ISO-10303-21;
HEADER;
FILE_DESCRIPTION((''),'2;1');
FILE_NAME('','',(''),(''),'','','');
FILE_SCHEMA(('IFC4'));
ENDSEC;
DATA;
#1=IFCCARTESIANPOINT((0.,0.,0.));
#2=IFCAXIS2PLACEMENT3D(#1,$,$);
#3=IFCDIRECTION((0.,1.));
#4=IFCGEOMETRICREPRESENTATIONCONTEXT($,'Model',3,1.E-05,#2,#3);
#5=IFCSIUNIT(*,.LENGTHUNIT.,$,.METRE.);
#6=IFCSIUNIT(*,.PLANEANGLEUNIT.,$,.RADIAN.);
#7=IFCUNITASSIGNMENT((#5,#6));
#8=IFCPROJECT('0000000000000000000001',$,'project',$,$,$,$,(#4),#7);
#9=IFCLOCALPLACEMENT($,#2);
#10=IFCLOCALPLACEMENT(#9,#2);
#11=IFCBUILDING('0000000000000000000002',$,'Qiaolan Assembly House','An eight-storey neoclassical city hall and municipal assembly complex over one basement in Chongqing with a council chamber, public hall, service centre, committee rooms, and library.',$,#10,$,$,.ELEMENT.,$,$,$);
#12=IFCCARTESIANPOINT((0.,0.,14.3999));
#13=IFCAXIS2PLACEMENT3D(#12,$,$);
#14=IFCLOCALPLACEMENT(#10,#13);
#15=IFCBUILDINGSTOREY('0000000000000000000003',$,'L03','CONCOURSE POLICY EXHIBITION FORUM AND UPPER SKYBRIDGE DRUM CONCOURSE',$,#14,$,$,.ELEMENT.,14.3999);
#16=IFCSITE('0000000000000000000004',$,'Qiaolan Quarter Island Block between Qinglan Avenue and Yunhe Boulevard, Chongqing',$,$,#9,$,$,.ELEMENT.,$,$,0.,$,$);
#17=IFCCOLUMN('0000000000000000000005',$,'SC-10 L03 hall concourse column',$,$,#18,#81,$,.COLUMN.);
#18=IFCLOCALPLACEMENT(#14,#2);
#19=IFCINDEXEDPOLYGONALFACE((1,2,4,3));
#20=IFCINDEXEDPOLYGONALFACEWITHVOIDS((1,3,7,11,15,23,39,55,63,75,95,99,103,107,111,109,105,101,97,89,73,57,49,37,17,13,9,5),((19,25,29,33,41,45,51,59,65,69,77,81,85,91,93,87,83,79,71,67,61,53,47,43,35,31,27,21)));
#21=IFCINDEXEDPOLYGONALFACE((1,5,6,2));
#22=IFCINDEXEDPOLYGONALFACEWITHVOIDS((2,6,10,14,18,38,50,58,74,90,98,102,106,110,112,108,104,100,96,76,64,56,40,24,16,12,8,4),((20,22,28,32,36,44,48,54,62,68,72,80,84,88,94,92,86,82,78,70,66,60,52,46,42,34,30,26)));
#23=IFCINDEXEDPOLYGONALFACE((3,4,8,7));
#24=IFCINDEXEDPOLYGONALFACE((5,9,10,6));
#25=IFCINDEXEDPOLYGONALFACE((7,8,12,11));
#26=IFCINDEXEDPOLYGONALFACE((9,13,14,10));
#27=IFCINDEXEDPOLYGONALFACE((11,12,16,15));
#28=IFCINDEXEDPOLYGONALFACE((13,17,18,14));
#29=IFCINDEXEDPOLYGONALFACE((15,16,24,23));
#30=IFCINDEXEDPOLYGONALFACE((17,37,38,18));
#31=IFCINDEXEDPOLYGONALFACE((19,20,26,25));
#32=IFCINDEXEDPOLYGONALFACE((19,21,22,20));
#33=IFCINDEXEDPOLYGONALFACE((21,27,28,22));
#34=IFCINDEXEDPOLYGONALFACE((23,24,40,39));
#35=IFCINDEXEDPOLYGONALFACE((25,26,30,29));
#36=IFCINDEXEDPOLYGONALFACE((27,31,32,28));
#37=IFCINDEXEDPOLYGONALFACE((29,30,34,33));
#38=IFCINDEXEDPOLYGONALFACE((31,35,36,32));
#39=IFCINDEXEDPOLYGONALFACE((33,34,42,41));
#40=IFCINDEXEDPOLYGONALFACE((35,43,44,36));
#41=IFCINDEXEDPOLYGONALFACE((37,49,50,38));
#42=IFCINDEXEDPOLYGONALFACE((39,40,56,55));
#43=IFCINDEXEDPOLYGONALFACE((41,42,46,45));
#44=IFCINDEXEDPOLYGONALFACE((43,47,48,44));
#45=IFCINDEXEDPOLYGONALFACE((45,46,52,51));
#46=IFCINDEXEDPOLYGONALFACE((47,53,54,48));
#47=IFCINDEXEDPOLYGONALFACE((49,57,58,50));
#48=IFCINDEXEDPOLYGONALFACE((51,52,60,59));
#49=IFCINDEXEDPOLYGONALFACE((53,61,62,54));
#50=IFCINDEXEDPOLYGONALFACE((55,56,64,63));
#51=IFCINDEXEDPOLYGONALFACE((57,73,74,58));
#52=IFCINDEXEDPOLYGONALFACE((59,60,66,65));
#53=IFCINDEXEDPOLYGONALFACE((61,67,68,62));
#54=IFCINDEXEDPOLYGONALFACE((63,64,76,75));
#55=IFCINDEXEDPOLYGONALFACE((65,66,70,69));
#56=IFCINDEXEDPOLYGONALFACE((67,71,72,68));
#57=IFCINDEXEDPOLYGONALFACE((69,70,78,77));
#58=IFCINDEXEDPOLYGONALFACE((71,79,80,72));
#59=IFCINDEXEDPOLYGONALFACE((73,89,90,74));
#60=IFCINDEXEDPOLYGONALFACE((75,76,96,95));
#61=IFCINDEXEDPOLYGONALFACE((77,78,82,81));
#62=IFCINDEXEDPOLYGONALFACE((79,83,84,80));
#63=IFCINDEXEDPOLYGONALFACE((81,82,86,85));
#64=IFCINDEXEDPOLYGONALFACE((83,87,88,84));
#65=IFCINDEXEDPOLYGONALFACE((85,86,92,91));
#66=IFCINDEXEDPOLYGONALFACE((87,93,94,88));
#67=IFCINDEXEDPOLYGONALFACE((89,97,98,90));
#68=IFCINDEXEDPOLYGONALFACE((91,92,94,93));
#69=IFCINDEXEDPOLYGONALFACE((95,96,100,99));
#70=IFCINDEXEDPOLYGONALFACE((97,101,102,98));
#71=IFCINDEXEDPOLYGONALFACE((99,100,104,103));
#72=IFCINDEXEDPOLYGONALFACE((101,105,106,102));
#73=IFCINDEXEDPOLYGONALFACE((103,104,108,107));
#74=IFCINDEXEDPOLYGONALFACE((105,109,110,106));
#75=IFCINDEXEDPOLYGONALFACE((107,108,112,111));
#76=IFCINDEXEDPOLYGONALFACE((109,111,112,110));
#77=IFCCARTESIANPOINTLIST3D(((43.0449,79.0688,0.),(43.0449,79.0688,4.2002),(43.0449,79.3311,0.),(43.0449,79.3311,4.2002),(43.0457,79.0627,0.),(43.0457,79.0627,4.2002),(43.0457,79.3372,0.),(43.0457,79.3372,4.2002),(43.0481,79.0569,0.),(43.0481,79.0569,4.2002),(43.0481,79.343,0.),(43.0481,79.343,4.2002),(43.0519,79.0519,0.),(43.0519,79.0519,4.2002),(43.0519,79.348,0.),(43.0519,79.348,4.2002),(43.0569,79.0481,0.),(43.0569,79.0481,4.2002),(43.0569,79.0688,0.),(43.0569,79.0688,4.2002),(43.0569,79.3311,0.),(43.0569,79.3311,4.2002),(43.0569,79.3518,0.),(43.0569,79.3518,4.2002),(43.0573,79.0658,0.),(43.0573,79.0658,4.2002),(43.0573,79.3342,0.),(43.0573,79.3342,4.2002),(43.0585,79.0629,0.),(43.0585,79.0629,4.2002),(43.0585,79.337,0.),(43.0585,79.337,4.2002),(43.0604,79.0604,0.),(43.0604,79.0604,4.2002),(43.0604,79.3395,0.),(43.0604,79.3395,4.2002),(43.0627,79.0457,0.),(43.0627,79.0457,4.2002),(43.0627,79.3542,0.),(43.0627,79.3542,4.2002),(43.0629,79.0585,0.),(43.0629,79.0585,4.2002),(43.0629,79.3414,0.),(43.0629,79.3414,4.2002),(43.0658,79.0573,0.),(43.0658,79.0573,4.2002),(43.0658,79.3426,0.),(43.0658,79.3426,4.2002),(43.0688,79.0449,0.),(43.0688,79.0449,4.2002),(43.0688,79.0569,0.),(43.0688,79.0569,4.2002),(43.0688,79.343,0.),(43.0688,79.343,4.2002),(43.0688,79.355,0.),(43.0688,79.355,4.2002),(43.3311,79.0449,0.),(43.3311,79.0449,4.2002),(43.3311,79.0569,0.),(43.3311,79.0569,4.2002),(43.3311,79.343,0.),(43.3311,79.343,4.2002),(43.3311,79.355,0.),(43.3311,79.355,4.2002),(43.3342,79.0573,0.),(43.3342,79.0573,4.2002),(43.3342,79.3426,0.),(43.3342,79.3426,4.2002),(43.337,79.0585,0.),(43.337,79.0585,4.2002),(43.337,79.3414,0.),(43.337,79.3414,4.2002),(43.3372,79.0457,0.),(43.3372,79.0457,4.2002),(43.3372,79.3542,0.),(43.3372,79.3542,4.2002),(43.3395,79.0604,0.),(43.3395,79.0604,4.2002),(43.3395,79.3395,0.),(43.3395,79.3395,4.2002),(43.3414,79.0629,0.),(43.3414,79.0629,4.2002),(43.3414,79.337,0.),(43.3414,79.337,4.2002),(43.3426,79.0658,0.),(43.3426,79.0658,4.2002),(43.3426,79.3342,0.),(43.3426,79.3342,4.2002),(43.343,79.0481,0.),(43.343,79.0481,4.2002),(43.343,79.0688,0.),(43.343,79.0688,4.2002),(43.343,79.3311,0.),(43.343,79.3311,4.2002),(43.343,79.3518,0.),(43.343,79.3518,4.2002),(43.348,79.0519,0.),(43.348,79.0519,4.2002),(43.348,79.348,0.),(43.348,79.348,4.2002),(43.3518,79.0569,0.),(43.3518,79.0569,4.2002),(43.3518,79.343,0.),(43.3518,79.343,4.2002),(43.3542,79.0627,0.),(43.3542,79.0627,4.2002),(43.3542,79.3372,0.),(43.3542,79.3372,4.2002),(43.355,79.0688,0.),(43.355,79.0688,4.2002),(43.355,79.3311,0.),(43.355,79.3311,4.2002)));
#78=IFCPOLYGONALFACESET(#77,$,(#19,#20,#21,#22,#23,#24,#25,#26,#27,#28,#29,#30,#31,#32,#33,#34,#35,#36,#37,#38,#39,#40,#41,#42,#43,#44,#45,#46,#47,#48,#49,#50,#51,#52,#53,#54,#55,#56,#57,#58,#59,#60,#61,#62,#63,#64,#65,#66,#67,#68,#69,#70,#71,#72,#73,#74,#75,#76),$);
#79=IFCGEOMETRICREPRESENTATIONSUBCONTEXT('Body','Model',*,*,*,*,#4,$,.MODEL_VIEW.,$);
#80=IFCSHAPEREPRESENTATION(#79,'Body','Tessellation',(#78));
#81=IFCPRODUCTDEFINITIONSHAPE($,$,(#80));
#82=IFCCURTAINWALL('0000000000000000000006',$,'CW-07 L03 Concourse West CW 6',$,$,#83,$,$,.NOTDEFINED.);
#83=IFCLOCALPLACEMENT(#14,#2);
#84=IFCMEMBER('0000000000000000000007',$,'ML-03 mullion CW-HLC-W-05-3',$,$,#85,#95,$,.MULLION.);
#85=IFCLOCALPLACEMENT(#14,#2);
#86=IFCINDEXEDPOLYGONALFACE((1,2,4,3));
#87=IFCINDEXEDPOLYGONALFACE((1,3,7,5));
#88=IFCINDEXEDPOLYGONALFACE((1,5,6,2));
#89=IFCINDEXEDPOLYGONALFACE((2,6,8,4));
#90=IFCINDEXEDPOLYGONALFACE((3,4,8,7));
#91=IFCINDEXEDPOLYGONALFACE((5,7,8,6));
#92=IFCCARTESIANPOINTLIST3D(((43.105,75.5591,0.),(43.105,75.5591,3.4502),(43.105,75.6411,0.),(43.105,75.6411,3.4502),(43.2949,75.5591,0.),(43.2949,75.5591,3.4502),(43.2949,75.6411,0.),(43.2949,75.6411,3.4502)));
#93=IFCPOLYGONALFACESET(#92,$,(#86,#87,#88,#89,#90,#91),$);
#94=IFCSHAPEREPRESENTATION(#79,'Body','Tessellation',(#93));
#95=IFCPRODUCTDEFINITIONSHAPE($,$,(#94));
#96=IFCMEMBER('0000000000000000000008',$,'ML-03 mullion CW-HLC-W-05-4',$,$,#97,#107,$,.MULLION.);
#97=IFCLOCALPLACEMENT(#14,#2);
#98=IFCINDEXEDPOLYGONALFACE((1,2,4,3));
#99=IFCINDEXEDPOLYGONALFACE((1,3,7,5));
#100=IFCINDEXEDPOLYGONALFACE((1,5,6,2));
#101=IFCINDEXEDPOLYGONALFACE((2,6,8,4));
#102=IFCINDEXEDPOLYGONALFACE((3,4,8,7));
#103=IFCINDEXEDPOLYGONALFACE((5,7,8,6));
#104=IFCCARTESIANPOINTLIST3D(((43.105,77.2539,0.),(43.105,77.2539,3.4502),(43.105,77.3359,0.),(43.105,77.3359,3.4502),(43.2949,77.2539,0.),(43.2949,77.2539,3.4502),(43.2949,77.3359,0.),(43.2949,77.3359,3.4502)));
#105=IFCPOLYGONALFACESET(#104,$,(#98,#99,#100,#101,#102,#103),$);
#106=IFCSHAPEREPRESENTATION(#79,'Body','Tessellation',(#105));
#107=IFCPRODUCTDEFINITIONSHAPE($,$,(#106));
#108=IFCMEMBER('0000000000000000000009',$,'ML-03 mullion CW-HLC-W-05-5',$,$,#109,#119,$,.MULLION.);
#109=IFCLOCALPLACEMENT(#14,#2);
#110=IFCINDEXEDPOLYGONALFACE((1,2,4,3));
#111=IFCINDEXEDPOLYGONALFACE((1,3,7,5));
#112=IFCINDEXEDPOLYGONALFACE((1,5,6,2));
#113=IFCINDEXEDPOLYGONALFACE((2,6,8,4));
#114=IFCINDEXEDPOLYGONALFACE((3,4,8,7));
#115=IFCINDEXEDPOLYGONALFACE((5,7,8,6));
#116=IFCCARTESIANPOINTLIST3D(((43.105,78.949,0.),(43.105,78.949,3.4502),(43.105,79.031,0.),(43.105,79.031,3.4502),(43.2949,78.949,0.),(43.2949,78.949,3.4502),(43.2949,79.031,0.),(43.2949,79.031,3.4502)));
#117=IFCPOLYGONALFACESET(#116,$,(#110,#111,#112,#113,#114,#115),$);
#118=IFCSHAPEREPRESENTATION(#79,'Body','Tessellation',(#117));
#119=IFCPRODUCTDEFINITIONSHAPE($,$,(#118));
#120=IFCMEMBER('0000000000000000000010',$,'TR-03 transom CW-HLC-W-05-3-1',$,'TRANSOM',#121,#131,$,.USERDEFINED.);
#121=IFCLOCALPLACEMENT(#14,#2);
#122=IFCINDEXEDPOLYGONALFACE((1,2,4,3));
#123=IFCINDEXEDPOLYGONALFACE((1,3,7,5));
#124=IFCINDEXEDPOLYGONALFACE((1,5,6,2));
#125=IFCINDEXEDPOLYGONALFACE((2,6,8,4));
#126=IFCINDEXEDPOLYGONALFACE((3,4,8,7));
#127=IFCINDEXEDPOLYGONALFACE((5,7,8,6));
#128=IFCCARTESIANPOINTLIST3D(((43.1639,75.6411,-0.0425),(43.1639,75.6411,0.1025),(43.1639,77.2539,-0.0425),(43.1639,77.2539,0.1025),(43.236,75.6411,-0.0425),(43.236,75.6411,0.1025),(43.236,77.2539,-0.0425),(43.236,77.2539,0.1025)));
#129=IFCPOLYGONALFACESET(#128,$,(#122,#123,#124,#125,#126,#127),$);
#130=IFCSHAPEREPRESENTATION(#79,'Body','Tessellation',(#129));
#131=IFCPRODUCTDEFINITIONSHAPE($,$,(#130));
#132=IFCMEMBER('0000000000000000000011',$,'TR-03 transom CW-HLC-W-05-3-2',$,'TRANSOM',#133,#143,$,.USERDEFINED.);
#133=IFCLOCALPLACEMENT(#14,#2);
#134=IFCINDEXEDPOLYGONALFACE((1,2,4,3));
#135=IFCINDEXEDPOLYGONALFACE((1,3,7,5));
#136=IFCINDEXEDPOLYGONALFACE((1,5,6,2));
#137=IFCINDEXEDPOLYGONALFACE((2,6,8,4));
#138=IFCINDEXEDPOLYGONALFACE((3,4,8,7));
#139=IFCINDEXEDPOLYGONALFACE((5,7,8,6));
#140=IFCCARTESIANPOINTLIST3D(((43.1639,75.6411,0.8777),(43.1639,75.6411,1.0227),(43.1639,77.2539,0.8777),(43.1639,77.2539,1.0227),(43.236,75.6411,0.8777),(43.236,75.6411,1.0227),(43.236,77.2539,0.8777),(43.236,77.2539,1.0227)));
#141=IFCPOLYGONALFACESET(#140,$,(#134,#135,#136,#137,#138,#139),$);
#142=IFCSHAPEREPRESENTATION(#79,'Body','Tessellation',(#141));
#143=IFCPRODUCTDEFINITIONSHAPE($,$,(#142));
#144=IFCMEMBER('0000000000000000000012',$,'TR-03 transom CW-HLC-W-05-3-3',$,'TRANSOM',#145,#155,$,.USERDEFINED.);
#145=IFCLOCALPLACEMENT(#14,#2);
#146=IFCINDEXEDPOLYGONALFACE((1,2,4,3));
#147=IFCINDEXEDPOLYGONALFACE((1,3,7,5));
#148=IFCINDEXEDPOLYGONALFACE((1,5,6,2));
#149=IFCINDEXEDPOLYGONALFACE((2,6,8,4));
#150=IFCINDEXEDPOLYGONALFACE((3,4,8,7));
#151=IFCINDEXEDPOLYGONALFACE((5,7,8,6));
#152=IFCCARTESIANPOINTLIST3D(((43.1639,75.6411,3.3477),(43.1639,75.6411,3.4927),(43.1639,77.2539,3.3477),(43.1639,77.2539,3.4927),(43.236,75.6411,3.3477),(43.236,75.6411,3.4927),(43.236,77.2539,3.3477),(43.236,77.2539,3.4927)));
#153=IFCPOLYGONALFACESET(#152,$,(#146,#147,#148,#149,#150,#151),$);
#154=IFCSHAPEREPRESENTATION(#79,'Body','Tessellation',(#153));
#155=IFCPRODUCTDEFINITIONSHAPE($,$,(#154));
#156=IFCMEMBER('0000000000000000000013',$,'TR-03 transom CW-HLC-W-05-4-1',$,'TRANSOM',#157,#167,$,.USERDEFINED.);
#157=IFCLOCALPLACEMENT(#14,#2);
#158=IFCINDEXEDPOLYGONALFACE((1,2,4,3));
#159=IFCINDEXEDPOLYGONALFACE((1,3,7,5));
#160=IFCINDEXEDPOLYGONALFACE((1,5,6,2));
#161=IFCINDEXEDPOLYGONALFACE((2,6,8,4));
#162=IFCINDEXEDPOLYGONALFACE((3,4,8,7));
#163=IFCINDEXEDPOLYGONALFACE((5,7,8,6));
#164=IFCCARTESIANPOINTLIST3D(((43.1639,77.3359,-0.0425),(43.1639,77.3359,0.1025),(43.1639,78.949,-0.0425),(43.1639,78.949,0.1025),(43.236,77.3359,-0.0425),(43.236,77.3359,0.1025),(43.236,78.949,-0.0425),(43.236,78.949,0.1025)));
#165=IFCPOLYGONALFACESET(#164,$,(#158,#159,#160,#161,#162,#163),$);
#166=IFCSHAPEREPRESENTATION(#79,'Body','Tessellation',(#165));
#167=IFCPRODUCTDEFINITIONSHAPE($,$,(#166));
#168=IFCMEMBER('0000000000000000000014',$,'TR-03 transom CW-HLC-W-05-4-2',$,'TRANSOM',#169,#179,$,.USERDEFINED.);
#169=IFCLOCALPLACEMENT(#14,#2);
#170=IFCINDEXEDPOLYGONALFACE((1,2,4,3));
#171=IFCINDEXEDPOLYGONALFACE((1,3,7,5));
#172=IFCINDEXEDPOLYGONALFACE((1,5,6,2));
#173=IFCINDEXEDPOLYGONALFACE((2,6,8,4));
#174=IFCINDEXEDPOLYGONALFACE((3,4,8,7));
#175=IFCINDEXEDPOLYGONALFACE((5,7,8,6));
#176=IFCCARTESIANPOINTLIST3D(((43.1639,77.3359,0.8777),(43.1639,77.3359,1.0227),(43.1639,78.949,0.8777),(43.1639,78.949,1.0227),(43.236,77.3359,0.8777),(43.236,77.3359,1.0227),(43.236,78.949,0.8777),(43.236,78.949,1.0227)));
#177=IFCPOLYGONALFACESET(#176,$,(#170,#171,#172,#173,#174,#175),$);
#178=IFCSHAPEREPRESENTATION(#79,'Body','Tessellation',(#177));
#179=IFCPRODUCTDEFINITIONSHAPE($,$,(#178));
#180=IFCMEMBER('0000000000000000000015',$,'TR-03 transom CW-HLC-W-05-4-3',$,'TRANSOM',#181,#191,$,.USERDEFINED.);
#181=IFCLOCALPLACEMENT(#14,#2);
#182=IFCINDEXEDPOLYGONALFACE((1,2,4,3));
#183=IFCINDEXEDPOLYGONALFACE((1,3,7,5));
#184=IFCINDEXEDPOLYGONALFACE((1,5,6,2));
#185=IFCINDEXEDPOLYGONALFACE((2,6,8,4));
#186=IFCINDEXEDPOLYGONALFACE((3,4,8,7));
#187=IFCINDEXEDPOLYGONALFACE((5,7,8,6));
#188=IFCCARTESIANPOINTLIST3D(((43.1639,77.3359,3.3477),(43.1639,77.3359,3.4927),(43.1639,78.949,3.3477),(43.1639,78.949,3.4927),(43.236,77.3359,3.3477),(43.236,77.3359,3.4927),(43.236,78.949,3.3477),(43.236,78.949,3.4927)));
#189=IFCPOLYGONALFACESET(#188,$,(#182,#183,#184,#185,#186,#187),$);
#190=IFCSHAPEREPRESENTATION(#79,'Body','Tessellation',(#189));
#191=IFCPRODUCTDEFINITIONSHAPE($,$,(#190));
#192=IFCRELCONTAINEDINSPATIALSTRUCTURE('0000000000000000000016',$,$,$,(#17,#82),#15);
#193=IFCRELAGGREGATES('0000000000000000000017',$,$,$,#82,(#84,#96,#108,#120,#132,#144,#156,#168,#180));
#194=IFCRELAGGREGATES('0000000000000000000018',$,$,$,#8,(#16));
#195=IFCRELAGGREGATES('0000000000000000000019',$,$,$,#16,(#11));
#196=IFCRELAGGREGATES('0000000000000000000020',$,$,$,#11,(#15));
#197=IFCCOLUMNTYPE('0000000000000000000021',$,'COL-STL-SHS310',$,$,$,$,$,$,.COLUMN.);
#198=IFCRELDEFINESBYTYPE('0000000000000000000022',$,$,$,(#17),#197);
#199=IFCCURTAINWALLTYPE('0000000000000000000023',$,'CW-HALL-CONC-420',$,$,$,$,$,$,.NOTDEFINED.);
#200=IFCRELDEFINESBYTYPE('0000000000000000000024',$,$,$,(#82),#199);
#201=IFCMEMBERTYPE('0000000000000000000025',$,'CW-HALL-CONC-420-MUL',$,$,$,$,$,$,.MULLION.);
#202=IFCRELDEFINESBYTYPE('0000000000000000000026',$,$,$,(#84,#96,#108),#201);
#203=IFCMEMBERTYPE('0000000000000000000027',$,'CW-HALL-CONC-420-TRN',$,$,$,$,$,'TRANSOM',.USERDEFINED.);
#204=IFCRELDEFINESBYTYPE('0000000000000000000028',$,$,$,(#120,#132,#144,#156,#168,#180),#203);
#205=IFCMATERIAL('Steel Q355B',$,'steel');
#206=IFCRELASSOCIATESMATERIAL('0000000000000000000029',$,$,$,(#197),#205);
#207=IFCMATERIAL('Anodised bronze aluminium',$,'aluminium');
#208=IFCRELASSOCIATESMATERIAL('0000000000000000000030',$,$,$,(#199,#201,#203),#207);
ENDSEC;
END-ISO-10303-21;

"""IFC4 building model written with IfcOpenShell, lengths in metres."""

from ifc_helpers import new_model, si_unit, direction, frame, origin, origin_2d, place, context, subcontext, project, spatial, rectangle, hollow_rectangle, extrude, material, material_profile, profile_set, type_object, element, aggregate, save


model = new_model("IFC4")

# Units and contexts
model_context = context("Model", 3, precision=1e-05, world=origin(), true_north=direction((0.0, 1.0)))
body_context = subcontext(model_context, "Body", "Model", "MODEL_VIEW")
ifc_project = project(units=[si_unit("LENGTHUNIT", "METRE"), si_unit("PLANEANGLEUNIT", "RADIAN")], contexts=[model_context])

# Site, building, storey
site_placement = place(None, origin())
site = spatial("IfcSite", under=ifc_project, at=site_placement, Name="Qiaolan Quarter Island Block between Qinglan Avenue and Yunhe Boulevard, Chongqing", CompositionType="ELEMENT", RefElevation=0.0)
building_placement = place(site_placement, origin())
building = spatial("IfcBuilding", under=site, at=building_placement, Name="Qiaolan Assembly House", Description="An eight-storey neoclassical city hall and municipal assembly complex over one basement in Chongqing with a council chamber, public hall, service centre, committee rooms, and library.", CompositionType="ELEMENT")
storey_placement = place(building_placement, frame((0.0, 0.0, 14.3999)))
storey = spatial("IfcBuildingStorey", under=building, at=storey_placement, Name="L03", Description="CONCOURSE POLICY EXHIBITION FORUM AND UPPER SKYBRIDGE DRUM CONCOURSE", CompositionType="ELEMENT", Elevation=14.3999)

# Column
ifc_material_1 = material(Name="Steel Q355B", Category="steel")
ifc_material_profile_1 = material_profile(ifc_material_1, hollow_rectangle(XDim=0.3101, YDim=0.3101, WallThickness=0.012, InnerFilletRadius=0.012, OuterFilletRadius=0.0239, at=origin_2d()), Name="SHS 310x310x12")
ifc_profile_set_1 = profile_set([ifc_material_profile_1], Name="Steel Q355B")
column_type = type_object("IfcColumnType", Name="COL-STL-SHS310", PredefinedType="COLUMN", material=ifc_profile_set_1)
column_placement = place(storey_placement, frame((43.2, 79.2, 0.0), z_axis=(0.0, 0.0, 1.0), x_axis=(1.0, 0.0, 0.0)))
element("IfcColumn", 1, at=column_placement, inside=storey, type_object=column_type, Name="SC-10 L03 hall concourse column", PredefinedType="COLUMN", context=body_context, shape_type="SweptSolid", body=[
    extrude(hollow_rectangle(XDim=0.3101, YDim=0.3101, WallThickness=0.012, InnerFilletRadius=0.012, OuterFilletRadius=0.0239, at=origin_2d()), origin(), (0.0, 0.0, 1.0), 4.2002),
])

# Curtain wall, members
ifc_material_2 = material(Name="Anodised bronze aluminium", Category="aluminium")
curtain_wall_type = type_object("IfcCurtainWallType", Name="CW-HALL-CONC-420", PredefinedType="NOTDEFINED", material=ifc_material_2)
curtain_wall_placement = place(storey_placement, origin())
curtain_wall = element("IfcCurtainWall", 2, at=curtain_wall_placement, inside=storey, type_object=curtain_wall_type, Name="CW-07 L03 Concourse West CW 6", PredefinedType="NOTDEFINED")
ifc_material_profile_2 = material_profile(ifc_material_2, rectangle(XDim=0.082, YDim=0.1899, at=origin_2d()), Name="MUL 82x190")
ifc_profile_set_2 = profile_set([ifc_material_profile_2], Name="Anodised bronze aluminium")
member_type_1 = type_object("IfcMemberType", Name="CW-HALL-CONC-420-MUL", PredefinedType="MULLION", material=ifc_profile_set_2)
member_1_placement = place(storey_placement, frame((43.2, 75.6001, 0.0), z_axis=(0.0, 0.0, 1.0), x_axis=(0.0, 1.0, 0.0)))
member_1 = element("IfcMember", 3, at=member_1_placement, type_object=member_type_1, Name="ML-03 mullion CW-HLC-W-05-3", PredefinedType="MULLION", context=body_context, shape_type="SweptSolid", body=[
    extrude(rectangle(XDim=0.082, YDim=0.1899, at=origin_2d()), origin(), (0.0, 0.0, 1.0), 3.4502),
])
member_2_placement = place(storey_placement, frame((43.2, 77.2949, 0.0), z_axis=(0.0, 0.0, 1.0), x_axis=(0.0, 1.0, 0.0)))
member_2 = element("IfcMember", 4, at=member_2_placement, type_object=member_type_1, Name="ML-03 mullion CW-HLC-W-05-4", PredefinedType="MULLION", context=body_context, shape_type="SweptSolid", body=[
    extrude(rectangle(XDim=0.082, YDim=0.1899, at=origin_2d()), origin(), (0.0, 0.0, 1.0), 3.4502),
])
member_3_placement = place(storey_placement, frame((43.2, 78.99, 0.0), z_axis=(0.0, 0.0, 1.0), x_axis=(0.0, 1.0, 0.0)))
member_3 = element("IfcMember", 5, at=member_3_placement, type_object=member_type_1, Name="ML-03 mullion CW-HLC-W-05-5", PredefinedType="MULLION", context=body_context, shape_type="SweptSolid", body=[
    extrude(rectangle(XDim=0.082, YDim=0.1899, at=origin_2d()), origin(), (0.0, 0.0, 1.0), 3.4502),
])
ifc_material_profile_3 = material_profile(ifc_material_2, rectangle(XDim=0.072, YDim=0.145, at=origin_2d()), Name="TRN 72x145")
ifc_profile_set_3 = profile_set([ifc_material_profile_3], Name="Anodised bronze aluminium")
member_type_2 = type_object("IfcMemberType", Name="CW-HALL-CONC-420-TRN", ElementType="TRANSOM", PredefinedType="USERDEFINED", material=ifc_profile_set_3)
member_4_placement = place(storey_placement, frame((43.2, 75.6411, 0.03), z_axis=(0.0, 1.0, 0.0), x_axis=(-1.0, 0.0, 0.0)))
member_4 = element("IfcMember", 6, at=member_4_placement, type_object=member_type_2, Name="TR-03 transom CW-HLC-W-05-3-1", ObjectType="TRANSOM", PredefinedType="USERDEFINED", context=body_context, shape_type="SweptSolid", body=[
    extrude(rectangle(XDim=0.072, YDim=0.145, at=origin_2d()), origin(), (0.0, 0.0, 1.0), 1.6128),
])
member_5_placement = place(storey_placement, frame((43.2, 75.6411, 0.9502), z_axis=(0.0, 1.0, 0.0), x_axis=(-1.0, 0.0, 0.0)))
member_5 = element("IfcMember", 7, at=member_5_placement, type_object=member_type_2, Name="TR-03 transom CW-HLC-W-05-3-2", ObjectType="TRANSOM", PredefinedType="USERDEFINED", context=body_context, shape_type="SweptSolid", body=[
    extrude(rectangle(XDim=0.072, YDim=0.145, at=origin_2d()), origin(), (0.0, 0.0, 1.0), 1.6128),
])
member_6_placement = place(storey_placement, frame((43.2, 75.6411, 3.4202), z_axis=(0.0, 1.0, 0.0), x_axis=(-1.0, 0.0, 0.0)))
member_6 = element("IfcMember", 8, at=member_6_placement, type_object=member_type_2, Name="TR-03 transom CW-HLC-W-05-3-3", ObjectType="TRANSOM", PredefinedType="USERDEFINED", context=body_context, shape_type="SweptSolid", body=[
    extrude(rectangle(XDim=0.072, YDim=0.145, at=origin_2d()), origin(), (0.0, 0.0, 1.0), 1.6128),
])
member_7_placement = place(storey_placement, frame((43.2, 77.3359, 0.03), z_axis=(0.0, 1.0, 0.0), x_axis=(-1.0, 0.0, 0.0)))
member_7 = element("IfcMember", 9, at=member_7_placement, type_object=member_type_2, Name="TR-03 transom CW-HLC-W-05-4-1", ObjectType="TRANSOM", PredefinedType="USERDEFINED", context=body_context, shape_type="SweptSolid", body=[
    extrude(rectangle(XDim=0.072, YDim=0.145, at=origin_2d()), origin(), (0.0, 0.0, 1.0), 1.613),
])
member_8_placement = place(storey_placement, frame((43.2, 77.3359, 0.9502), z_axis=(0.0, 1.0, 0.0), x_axis=(-1.0, 0.0, 0.0)))
member_8 = element("IfcMember", 10, at=member_8_placement, type_object=member_type_2, Name="TR-03 transom CW-HLC-W-05-4-2", ObjectType="TRANSOM", PredefinedType="USERDEFINED", context=body_context, shape_type="SweptSolid", body=[
    extrude(rectangle(XDim=0.072, YDim=0.145, at=origin_2d()), origin(), (0.0, 0.0, 1.0), 1.613),
])
member_9_placement = place(storey_placement, frame((43.2, 77.3359, 3.4202), z_axis=(0.0, 1.0, 0.0), x_axis=(-1.0, 0.0, 0.0)))
member_9 = element("IfcMember", 11, at=member_9_placement, type_object=member_type_2, Name="TR-03 transom CW-HLC-W-05-4-3", ObjectType="TRANSOM", PredefinedType="USERDEFINED", context=body_context, shape_type="SweptSolid", body=[
    extrude(rectangle(XDim=0.072, YDim=0.145, at=origin_2d()), origin(), (0.0, 0.0, 1.0), 1.613),
])

aggregate(curtain_wall, [member_1, member_2, member_3, member_4, member_5, member_6, member_7, member_8, member_9])

save(model, "model.ifc")
